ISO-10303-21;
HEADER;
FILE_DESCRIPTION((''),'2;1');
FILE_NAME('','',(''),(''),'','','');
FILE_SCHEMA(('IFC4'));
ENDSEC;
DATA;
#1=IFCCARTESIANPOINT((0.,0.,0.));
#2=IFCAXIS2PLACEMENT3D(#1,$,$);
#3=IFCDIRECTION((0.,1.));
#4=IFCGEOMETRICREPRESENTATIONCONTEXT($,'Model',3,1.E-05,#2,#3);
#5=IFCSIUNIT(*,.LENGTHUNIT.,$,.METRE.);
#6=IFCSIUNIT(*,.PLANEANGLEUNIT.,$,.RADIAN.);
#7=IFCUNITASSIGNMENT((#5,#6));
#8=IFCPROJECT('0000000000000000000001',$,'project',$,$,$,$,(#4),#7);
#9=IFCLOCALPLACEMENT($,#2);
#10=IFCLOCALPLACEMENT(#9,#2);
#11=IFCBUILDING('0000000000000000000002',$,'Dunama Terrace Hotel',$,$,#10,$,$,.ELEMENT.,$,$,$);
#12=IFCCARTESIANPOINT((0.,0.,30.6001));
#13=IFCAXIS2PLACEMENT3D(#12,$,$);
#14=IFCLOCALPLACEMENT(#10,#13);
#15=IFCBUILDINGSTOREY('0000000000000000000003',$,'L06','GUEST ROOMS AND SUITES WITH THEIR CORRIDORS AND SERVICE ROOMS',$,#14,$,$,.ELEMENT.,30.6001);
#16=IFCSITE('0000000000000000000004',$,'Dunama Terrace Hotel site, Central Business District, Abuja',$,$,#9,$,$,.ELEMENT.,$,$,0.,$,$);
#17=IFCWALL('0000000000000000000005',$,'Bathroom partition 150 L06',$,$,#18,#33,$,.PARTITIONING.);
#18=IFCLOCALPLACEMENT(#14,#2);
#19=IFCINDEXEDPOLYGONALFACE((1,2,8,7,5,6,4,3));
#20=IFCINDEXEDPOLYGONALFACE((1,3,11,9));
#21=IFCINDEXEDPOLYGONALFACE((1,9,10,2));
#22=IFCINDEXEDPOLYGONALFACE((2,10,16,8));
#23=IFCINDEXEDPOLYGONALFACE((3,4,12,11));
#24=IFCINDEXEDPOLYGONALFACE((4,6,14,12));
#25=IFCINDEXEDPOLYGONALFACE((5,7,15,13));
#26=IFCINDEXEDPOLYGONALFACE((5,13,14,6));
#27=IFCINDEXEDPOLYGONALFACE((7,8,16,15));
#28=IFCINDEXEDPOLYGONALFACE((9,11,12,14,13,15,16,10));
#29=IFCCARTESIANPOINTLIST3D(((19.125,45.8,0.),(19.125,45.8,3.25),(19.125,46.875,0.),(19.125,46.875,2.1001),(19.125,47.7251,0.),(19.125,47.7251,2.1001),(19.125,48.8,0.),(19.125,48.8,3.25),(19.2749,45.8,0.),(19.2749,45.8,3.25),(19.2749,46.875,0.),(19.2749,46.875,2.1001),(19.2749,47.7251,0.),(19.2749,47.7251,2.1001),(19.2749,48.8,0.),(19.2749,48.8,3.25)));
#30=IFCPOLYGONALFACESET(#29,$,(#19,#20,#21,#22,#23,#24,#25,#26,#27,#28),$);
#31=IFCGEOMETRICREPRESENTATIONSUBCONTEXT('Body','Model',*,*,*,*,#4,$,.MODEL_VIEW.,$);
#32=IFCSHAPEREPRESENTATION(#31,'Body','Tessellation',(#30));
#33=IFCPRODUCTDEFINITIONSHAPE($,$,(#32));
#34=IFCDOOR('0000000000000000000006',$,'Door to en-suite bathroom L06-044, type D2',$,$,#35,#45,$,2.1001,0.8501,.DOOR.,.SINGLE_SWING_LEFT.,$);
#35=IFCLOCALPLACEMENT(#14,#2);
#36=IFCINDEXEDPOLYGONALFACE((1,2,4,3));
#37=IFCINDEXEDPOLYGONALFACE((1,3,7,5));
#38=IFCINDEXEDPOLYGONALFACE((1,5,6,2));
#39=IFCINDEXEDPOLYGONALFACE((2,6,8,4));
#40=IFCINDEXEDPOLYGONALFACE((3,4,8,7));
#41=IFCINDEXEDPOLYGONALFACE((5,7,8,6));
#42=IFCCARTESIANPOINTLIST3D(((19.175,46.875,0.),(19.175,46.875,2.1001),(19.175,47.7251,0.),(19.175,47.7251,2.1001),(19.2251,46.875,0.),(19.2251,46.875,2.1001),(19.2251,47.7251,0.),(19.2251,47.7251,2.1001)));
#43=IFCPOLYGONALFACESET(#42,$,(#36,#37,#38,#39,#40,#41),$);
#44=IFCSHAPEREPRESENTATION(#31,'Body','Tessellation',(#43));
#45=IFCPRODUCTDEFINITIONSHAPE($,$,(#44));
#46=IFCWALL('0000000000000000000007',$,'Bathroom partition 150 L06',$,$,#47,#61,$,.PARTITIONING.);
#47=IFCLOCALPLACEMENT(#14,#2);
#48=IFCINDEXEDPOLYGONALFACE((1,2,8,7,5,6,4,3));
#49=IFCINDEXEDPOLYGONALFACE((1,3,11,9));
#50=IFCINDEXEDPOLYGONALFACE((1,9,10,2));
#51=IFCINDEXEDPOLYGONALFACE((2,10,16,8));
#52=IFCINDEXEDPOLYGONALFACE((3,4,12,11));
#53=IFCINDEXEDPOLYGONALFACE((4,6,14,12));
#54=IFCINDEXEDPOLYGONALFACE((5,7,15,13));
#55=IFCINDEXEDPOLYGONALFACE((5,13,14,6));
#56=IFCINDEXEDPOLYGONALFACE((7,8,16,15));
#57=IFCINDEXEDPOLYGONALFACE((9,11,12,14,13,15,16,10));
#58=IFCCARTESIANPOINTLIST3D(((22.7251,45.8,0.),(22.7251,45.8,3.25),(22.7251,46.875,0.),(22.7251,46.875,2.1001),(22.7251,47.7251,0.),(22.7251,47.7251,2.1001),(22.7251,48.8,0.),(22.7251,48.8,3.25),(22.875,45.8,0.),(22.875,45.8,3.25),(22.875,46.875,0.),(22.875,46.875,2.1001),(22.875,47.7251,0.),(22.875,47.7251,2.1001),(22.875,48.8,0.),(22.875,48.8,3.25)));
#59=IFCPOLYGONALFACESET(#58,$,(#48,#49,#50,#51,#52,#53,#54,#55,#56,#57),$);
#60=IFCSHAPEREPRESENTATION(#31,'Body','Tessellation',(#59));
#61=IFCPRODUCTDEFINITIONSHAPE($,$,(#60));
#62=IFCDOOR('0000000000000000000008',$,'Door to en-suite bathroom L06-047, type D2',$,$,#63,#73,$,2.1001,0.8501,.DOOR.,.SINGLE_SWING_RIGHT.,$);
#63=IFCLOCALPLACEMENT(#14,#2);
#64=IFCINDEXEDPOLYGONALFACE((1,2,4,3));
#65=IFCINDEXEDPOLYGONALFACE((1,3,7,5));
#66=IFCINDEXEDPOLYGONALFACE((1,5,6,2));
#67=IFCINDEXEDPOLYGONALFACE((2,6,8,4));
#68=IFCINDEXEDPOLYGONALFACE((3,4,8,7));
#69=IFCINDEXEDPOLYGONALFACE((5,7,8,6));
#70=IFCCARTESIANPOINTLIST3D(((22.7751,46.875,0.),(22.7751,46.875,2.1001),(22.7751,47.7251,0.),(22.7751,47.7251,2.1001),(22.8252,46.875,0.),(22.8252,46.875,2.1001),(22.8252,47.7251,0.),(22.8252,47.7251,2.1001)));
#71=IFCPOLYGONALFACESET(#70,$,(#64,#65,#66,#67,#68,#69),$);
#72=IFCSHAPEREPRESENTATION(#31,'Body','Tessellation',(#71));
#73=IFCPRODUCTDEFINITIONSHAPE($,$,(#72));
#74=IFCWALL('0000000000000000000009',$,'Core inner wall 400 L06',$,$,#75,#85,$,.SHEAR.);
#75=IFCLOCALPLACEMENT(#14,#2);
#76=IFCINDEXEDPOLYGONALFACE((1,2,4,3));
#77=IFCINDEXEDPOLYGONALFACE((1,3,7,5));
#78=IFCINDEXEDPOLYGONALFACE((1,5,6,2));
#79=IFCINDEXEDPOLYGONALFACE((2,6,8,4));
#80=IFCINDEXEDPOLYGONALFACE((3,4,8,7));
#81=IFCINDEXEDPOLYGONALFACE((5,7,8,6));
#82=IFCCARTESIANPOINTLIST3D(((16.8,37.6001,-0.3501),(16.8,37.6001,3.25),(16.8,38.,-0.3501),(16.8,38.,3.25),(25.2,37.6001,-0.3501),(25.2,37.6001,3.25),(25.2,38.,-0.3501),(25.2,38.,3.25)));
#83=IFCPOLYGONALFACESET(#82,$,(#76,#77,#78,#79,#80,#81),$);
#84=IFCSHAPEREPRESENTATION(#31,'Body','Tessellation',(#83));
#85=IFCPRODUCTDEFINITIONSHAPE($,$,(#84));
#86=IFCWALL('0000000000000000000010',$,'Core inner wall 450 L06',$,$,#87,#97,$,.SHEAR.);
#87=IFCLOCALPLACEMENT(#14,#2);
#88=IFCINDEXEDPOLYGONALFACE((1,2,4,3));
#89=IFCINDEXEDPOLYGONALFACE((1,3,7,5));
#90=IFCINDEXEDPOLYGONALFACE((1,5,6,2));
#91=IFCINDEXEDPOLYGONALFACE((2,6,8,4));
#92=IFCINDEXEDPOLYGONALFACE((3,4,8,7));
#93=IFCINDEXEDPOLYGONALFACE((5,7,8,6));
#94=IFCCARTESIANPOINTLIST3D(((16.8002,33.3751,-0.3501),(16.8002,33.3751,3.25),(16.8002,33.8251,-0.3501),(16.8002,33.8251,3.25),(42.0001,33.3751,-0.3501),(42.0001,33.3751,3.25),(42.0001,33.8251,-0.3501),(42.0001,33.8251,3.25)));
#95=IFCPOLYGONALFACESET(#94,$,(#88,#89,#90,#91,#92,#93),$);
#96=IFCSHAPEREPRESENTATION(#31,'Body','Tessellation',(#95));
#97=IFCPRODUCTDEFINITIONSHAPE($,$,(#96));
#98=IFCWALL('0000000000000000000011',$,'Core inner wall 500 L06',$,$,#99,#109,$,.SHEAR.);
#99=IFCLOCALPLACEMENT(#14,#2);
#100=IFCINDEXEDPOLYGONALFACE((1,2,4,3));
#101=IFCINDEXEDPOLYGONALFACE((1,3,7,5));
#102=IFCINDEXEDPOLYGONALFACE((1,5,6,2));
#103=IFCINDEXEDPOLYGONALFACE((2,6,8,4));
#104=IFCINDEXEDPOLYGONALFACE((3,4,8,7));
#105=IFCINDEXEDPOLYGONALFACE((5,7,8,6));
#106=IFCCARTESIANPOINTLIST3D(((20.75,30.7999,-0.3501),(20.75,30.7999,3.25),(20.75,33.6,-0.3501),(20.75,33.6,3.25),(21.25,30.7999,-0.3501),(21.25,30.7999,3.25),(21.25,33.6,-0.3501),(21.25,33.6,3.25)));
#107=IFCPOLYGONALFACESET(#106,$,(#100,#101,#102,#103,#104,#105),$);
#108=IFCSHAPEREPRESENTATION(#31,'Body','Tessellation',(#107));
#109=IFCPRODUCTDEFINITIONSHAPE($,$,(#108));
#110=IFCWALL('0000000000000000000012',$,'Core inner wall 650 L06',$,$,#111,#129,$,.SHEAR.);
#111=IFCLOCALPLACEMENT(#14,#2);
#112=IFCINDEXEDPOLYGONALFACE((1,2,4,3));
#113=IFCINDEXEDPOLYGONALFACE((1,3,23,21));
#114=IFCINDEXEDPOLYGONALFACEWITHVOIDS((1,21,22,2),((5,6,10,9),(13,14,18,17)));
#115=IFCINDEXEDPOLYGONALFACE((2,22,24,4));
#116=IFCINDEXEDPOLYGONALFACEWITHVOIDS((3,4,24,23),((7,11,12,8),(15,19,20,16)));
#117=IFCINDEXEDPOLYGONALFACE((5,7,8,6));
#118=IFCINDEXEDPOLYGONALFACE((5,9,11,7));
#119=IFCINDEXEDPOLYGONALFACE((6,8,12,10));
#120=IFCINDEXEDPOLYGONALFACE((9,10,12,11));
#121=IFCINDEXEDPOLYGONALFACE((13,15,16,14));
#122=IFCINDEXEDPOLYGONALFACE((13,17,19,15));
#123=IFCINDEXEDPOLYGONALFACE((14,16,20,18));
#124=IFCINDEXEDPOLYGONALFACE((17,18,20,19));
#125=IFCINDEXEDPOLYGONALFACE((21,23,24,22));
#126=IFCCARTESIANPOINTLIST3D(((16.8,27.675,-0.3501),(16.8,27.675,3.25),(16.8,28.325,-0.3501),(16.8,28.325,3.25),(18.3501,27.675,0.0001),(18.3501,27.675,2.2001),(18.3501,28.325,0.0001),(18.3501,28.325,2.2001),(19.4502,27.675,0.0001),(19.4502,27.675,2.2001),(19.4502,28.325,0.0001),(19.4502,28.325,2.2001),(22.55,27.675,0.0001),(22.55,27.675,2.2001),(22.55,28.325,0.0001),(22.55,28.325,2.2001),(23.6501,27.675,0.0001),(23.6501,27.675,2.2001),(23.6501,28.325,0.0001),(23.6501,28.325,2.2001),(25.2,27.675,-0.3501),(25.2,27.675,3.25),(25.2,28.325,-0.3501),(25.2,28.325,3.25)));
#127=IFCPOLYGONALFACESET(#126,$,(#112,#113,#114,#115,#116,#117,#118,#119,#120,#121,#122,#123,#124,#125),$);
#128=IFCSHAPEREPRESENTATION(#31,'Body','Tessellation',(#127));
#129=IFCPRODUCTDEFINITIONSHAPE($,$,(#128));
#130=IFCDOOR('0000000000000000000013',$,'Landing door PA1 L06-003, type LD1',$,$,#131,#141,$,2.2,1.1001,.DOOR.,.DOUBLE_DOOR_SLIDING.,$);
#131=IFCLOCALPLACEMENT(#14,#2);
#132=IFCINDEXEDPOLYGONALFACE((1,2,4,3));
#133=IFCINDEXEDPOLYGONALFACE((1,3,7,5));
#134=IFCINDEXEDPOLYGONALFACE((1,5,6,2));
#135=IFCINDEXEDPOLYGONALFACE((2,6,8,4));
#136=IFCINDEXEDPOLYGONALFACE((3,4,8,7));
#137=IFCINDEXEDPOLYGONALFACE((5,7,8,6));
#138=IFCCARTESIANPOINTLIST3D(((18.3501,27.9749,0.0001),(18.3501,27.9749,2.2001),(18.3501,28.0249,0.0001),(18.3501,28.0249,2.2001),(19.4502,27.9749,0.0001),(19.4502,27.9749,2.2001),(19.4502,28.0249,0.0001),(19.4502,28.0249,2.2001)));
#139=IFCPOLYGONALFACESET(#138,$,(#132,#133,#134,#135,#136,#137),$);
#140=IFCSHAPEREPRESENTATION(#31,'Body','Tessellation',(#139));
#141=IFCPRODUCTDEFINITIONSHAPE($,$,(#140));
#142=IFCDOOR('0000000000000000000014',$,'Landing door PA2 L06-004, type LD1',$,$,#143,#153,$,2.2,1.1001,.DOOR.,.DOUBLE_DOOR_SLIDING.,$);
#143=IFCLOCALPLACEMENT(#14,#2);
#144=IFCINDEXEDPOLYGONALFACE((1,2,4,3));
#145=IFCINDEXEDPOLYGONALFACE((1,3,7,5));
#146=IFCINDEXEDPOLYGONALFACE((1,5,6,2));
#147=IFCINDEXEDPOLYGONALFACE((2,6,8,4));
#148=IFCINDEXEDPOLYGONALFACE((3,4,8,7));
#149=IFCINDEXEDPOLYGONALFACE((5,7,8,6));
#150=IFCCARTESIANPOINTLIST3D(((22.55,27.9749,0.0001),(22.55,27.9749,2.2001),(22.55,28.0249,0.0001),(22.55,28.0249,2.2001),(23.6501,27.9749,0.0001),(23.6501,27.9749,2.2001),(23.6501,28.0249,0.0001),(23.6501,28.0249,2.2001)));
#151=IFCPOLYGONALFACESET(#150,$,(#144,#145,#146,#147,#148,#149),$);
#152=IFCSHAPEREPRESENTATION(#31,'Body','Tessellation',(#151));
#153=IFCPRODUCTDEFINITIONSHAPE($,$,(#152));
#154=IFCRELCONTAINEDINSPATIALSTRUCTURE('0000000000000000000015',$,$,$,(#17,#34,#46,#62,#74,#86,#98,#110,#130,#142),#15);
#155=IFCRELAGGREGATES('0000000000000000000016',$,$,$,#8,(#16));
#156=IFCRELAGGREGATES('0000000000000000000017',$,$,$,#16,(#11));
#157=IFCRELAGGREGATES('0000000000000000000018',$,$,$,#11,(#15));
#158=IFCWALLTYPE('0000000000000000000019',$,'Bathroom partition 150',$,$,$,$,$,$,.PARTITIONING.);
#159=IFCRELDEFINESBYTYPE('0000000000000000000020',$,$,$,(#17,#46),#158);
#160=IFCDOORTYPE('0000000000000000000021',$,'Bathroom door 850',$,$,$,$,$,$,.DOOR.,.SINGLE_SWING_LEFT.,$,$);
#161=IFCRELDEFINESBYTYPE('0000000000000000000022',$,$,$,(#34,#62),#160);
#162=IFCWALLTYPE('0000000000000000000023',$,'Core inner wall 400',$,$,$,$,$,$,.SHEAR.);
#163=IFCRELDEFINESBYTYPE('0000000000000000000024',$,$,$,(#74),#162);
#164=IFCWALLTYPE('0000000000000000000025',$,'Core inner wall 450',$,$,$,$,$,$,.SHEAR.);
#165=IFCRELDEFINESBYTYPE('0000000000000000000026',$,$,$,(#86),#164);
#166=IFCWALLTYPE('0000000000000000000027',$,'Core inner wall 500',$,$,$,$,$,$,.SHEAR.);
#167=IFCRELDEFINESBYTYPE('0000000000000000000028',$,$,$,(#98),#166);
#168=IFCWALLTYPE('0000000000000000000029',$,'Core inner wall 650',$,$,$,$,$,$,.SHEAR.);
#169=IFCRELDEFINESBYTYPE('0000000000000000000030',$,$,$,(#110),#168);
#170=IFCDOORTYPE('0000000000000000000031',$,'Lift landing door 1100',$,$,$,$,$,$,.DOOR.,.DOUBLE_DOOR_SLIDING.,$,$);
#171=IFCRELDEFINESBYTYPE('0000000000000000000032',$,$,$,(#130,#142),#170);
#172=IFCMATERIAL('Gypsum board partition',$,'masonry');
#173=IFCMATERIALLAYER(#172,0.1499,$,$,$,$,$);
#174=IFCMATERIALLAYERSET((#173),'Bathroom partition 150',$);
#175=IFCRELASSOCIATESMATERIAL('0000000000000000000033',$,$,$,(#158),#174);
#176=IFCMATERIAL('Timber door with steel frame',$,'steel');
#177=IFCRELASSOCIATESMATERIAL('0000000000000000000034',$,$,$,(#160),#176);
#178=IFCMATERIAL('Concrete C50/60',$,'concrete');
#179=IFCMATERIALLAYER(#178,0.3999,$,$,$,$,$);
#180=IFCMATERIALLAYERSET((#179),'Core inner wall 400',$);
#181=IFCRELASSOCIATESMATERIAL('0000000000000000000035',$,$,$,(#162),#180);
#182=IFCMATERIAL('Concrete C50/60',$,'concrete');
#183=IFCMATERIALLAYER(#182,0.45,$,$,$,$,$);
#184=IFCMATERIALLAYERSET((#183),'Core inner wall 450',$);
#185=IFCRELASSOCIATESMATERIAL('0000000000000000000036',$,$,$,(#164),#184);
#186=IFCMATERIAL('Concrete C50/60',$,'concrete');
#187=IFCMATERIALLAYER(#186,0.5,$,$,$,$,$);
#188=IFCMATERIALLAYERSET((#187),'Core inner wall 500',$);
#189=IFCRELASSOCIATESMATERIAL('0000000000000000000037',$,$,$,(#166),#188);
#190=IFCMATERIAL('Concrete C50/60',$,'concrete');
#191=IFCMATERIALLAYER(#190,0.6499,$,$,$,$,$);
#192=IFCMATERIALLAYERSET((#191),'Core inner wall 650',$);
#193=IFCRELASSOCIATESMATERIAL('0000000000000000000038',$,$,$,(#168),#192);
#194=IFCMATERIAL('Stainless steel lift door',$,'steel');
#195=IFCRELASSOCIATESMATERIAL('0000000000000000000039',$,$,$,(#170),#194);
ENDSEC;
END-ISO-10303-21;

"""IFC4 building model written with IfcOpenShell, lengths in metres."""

from ifc_helpers import new_model, si_unit, direction, frame, frame_2d, origin, place, context, subcontext, project, spatial, rectangle, extrude, material, layer, layer_set, type_object, element, fill, save


model = new_model("IFC4")

# Units and contexts
model_context = context("Model", 3, precision=1e-05, world=origin(), true_north=direction((0.0, 1.0)))
body_context = subcontext(model_context, "Body", "Model", "MODEL_VIEW")
ifc_project = project(units=[si_unit("LENGTHUNIT", "METRE"), si_unit("PLANEANGLEUNIT", "RADIAN")], contexts=[model_context])

# Site, building, storey
site_placement = place(None, origin())
site = spatial("IfcSite", under=ifc_project, at=site_placement, Name="Dunama Terrace Hotel site, Central Business District, Abuja", CompositionType="ELEMENT", RefElevation=0.0)
building_placement = place(site_placement, origin())
building = spatial("IfcBuilding", under=site, at=building_placement, Name="Dunama Terrace Hotel", CompositionType="ELEMENT")
storey_placement = place(building_placement, frame((0.0, 0.0, 30.6001)))
storey = spatial("IfcBuildingStorey", under=building, at=storey_placement, Name="L06", Description="GUEST ROOMS AND SUITES WITH THEIR CORRIDORS AND SERVICE ROOMS", CompositionType="ELEMENT", Elevation=30.6001)

# Walls, openings, doors
ifc_material_1 = material(Name="Gypsum board partition", Category="masonry")
ifc_layer_1 = layer(ifc_material_1, 0.1499)
ifc_layer_set_1 = layer_set([ifc_layer_1], Name="Bathroom partition 150")
wall_type_1 = type_object("IfcWallType", Name="Bathroom partition 150", PredefinedType="PARTITIONING", material=ifc_layer_set_1)
wall_1_placement = place(storey_placement, frame((19.2, 45.8, 0.0), z_axis=(0.0, 0.0, 1.0), x_axis=(0.0, 1.0, 0.0)))
wall_1 = element("IfcWall", 1, at=wall_1_placement, inside=storey, type_object=wall_type_1, Name="Bathroom partition 150 L06", PredefinedType="PARTITIONING", context=body_context, shape_type="SweptSolid", body=[
    extrude(rectangle(XDim=3.0, YDim=0.1499, at=frame_2d((1.5, 0.0))), origin(), (0.0, 0.0, 1.0), 3.25),
])
opening_1_placement = place(wall_1_placement, frame((1.075, 0.0, 0.0)))
opening_1 = element("IfcOpeningElement", 2, at=opening_1_placement, cuts=wall_1, PredefinedType="OPENING", context=body_context, shape_type="SweptSolid", body=[
    extrude(rectangle(XDim=0.8501, YDim=2.1001, at=frame_2d((0.425, 1.05))), frame((0.0, 0.085, 0.0), z_axis=(0.0, -1.0, 0.0), x_axis=(1.0, 0.0, 0.0)), (0.0, 0.0, 1.0), 0.1699),
])
ifc_material_2 = material(Name="Timber door with steel frame", Category="steel")
door_type_1 = type_object("IfcDoorType", Name="Bathroom door 850", OperationType="SINGLE_SWING_LEFT", PredefinedType="DOOR", material=ifc_material_2)
door_1_placement = place(opening_1_placement, origin())
door_1 = element("IfcDoor", 3, at=door_1_placement, inside=storey, type_object=door_type_1, Name="Door to en-suite bathroom L06-044, type D2", OperationType="SINGLE_SWING_LEFT", OverallHeight=2.1001, OverallWidth=0.8501, PredefinedType="DOOR", context=body_context, shape_type="SweptSolid", body=[
    extrude(rectangle(XDim=0.8501, YDim=2.1001, at=frame_2d((0.425, 1.05))), frame((0.0, 0.0249, 0.0), z_axis=(0.0, -1.0, 0.0), x_axis=(1.0, 0.0, 0.0)), (0.0, 0.0, 1.0), 0.05),
])
fill(opening_1, door_1)
wall_2_placement = place(storey_placement, frame((22.8, 45.8, 0.0), z_axis=(0.0, 0.0, 1.0), x_axis=(0.0, 1.0, 0.0)))
wall_2 = element("IfcWall", 4, at=wall_2_placement, inside=storey, type_object=wall_type_1, Name="Bathroom partition 150 L06", PredefinedType="PARTITIONING", context=body_context, shape_type="SweptSolid", body=[
    extrude(rectangle(XDim=3.0, YDim=0.1499, at=frame_2d((1.5, 0.0))), origin(), (0.0, 0.0, 1.0), 3.25),
])
opening_2_placement = place(wall_2_placement, frame((1.075, 0.0, 0.0)))
opening_2 = element("IfcOpeningElement", 5, at=opening_2_placement, cuts=wall_2, PredefinedType="OPENING", context=body_context, shape_type="SweptSolid", body=[
    extrude(rectangle(XDim=0.8501, YDim=2.1001, at=frame_2d((0.425, 1.05))), frame((0.0, 0.085, 0.0), z_axis=(0.0, -1.0, 0.0), x_axis=(1.0, 0.0, 0.0)), (0.0, 0.0, 1.0), 0.1699),
])
door_2_placement = place(opening_2_placement, frame((0.8501, 0.0, 0.0), z_axis=(0.0, 0.0, 1.0), x_axis=(-1.0, 0.0, 0.0)))
door_2 = element("IfcDoor", 6, at=door_2_placement, inside=storey, type_object=door_type_1, Name="Door to en-suite bathroom L06-047, type D2", OperationType="SINGLE_SWING_RIGHT", OverallHeight=2.1001, OverallWidth=0.8501, PredefinedType="DOOR", context=body_context, shape_type="SweptSolid", body=[
    extrude(rectangle(XDim=0.8501, YDim=2.1001, at=frame_2d((0.425, 1.05))), frame((0.0, 0.0251, 0.0), z_axis=(0.0, -1.0, 0.0), x_axis=(1.0, 0.0, 0.0)), (0.0, 0.0, 1.0), 0.05),
])
fill(opening_2, door_2)

# Walls
ifc_material_3 = material(Name="Concrete C50/60", Category="concrete")
ifc_layer_2 = layer(ifc_material_3, 0.3999)
ifc_layer_set_2 = layer_set([ifc_layer_2], Name="Core inner wall 400")
wall_type_2 = type_object("IfcWallType", Name="Core inner wall 400", PredefinedType="SHEAR", material=ifc_layer_set_2)
wall_3_placement = place(storey_placement, frame((16.8, 37.8, -0.3501), z_axis=(0.0, 0.0, 1.0), x_axis=(1.0, 0.0, 0.0)))
element("IfcWall", 7, at=wall_3_placement, inside=storey, type_object=wall_type_2, Name="Core inner wall 400 L06", PredefinedType="SHEAR", context=body_context, shape_type="SweptSolid", body=[
    extrude(rectangle(XDim=8.3999, YDim=0.3999, at=frame_2d((4.2, 0.0))), origin(), (0.0, 0.0, 1.0), 3.6001),
])
ifc_material_4 = material(Name="Concrete C50/60", Category="concrete")
ifc_layer_3 = layer(ifc_material_4, 0.45)
ifc_layer_set_3 = layer_set([ifc_layer_3], Name="Core inner wall 450")
wall_type_3 = type_object("IfcWallType", Name="Core inner wall 450", PredefinedType="SHEAR", material=ifc_layer_set_3)
wall_4_placement = place(storey_placement, frame((16.8, 33.6001, -0.3501), z_axis=(0.0, 0.0, 1.0), x_axis=(1.0, 0.0, 0.0)))
element("IfcWall", 8, at=wall_4_placement, inside=storey, type_object=wall_type_3, Name="Core inner wall 450 L06", PredefinedType="SHEAR", context=body_context, shape_type="SweptSolid", body=[
    extrude(rectangle(XDim=25.2, YDim=0.45, at=frame_2d((12.6001, 0.0))), origin(), (0.0, 0.0, 1.0), 3.6001),
])
ifc_material_5 = material(Name="Concrete C50/60", Category="concrete")
ifc_layer_4 = layer(ifc_material_5, 0.5)
ifc_layer_set_4 = layer_set([ifc_layer_4], Name="Core inner wall 500")
wall_type_4 = type_object("IfcWallType", Name="Core inner wall 500", PredefinedType="SHEAR", material=ifc_layer_set_4)
wall_5_placement = place(storey_placement, frame((21.0, 30.8, -0.3501), z_axis=(0.0, 0.0, 1.0), x_axis=(0.0, 1.0, 0.0)))
element("IfcWall", 9, at=wall_5_placement, inside=storey, type_object=wall_type_4, Name="Core inner wall 500 L06", PredefinedType="SHEAR", context=body_context, shape_type="SweptSolid", body=[
    extrude(rectangle(XDim=2.8, YDim=0.5, at=frame_2d((1.3999, 0.0))), origin(), (0.0, 0.0, 1.0), 3.6001),
])

# Wall, openings, doors
ifc_material_6 = material(Name="Concrete C50/60", Category="concrete")
ifc_layer_5 = layer(ifc_material_6, 0.6499)
ifc_layer_set_5 = layer_set([ifc_layer_5], Name="Core inner wall 650")
wall_type_5 = type_object("IfcWallType", Name="Core inner wall 650", PredefinedType="SHEAR", material=ifc_layer_set_5)
wall_6_placement = place(storey_placement, frame((16.8, 28.0, -0.3501), z_axis=(0.0, 0.0, 1.0), x_axis=(1.0, 0.0, 0.0)))
wall_6 = element("IfcWall", 10, at=wall_6_placement, inside=storey, type_object=wall_type_5, Name="Core inner wall 650 L06", PredefinedType="SHEAR", context=body_context, shape_type="SweptSolid", body=[
    extrude(rectangle(XDim=8.3999, YDim=0.6499, at=frame_2d((4.2, 0.0))), origin(), (0.0, 0.0, 1.0), 3.6001),
])
opening_3_placement = place(wall_6_placement, frame((1.55, 0.0, 0.3501)))
opening_3 = element("IfcOpeningElement", 11, at=opening_3_placement, cuts=wall_6, PredefinedType="OPENING", context=body_context, shape_type="SweptSolid", body=[
    extrude(rectangle(XDim=1.1001, YDim=2.2, at=frame_2d((0.55, 1.1001))), frame((0.0, 0.335, 0.0), z_axis=(0.0, -1.0, 0.0), x_axis=(1.0, 0.0, 0.0)), (0.0, 0.0, 1.0), 0.6699),
])
opening_4_placement = place(wall_6_placement, frame((5.75, 0.0, 0.3501)))
opening_4 = element("IfcOpeningElement", 12, at=opening_4_placement, cuts=wall_6, PredefinedType="OPENING", context=body_context, shape_type="SweptSolid", body=[
    extrude(rectangle(XDim=1.1001, YDim=2.2, at=frame_2d((0.55, 1.1001))), frame((0.0, 0.335, 0.0), z_axis=(0.0, -1.0, 0.0), x_axis=(1.0, 0.0, 0.0)), (0.0, 0.0, 1.0), 0.6699),
])
ifc_material_7 = material(Name="Stainless steel lift door", Category="steel")
door_type_2 = type_object("IfcDoorType", Name="Lift landing door 1100", OperationType="DOUBLE_DOOR_SLIDING", PredefinedType="DOOR", material=ifc_material_7)
door_3_placement = place(opening_3_placement, origin())
door_3 = element("IfcDoor", 13, at=door_3_placement, inside=storey, type_object=door_type_2, Name="Landing door PA1 L06-003, type LD1", OperationType="DOUBLE_DOOR_SLIDING", OverallHeight=2.2, OverallWidth=1.1001, PredefinedType="DOOR", context=body_context, shape_type="SweptSolid", body=[
    extrude(rectangle(XDim=1.1001, YDim=2.2, at=frame_2d((0.55, 1.1001))), frame((0.0, 0.0249, 0.0), z_axis=(0.0, -1.0, 0.0), x_axis=(1.0, 0.0, 0.0)), (0.0, 0.0, 1.0), 0.05),
])
fill(opening_3, door_3)
door_4_placement = place(opening_4_placement, origin())
door_4 = element("IfcDoor", 14, at=door_4_placement, inside=storey, type_object=door_type_2, Name="Landing door PA2 L06-004, type LD1", OperationType="DOUBLE_DOOR_SLIDING", OverallHeight=2.2, OverallWidth=1.1001, PredefinedType="DOOR", context=body_context, shape_type="SweptSolid", body=[
    extrude(rectangle(XDim=1.1001, YDim=2.2, at=frame_2d((0.55, 1.1001))), frame((0.0, 0.0249, 0.0), z_axis=(0.0, -1.0, 0.0), x_axis=(1.0, 0.0, 0.0)), (0.0, 0.0, 1.0), 0.05),
])
fill(opening_4, door_4)

save(model, "model.ifc")
